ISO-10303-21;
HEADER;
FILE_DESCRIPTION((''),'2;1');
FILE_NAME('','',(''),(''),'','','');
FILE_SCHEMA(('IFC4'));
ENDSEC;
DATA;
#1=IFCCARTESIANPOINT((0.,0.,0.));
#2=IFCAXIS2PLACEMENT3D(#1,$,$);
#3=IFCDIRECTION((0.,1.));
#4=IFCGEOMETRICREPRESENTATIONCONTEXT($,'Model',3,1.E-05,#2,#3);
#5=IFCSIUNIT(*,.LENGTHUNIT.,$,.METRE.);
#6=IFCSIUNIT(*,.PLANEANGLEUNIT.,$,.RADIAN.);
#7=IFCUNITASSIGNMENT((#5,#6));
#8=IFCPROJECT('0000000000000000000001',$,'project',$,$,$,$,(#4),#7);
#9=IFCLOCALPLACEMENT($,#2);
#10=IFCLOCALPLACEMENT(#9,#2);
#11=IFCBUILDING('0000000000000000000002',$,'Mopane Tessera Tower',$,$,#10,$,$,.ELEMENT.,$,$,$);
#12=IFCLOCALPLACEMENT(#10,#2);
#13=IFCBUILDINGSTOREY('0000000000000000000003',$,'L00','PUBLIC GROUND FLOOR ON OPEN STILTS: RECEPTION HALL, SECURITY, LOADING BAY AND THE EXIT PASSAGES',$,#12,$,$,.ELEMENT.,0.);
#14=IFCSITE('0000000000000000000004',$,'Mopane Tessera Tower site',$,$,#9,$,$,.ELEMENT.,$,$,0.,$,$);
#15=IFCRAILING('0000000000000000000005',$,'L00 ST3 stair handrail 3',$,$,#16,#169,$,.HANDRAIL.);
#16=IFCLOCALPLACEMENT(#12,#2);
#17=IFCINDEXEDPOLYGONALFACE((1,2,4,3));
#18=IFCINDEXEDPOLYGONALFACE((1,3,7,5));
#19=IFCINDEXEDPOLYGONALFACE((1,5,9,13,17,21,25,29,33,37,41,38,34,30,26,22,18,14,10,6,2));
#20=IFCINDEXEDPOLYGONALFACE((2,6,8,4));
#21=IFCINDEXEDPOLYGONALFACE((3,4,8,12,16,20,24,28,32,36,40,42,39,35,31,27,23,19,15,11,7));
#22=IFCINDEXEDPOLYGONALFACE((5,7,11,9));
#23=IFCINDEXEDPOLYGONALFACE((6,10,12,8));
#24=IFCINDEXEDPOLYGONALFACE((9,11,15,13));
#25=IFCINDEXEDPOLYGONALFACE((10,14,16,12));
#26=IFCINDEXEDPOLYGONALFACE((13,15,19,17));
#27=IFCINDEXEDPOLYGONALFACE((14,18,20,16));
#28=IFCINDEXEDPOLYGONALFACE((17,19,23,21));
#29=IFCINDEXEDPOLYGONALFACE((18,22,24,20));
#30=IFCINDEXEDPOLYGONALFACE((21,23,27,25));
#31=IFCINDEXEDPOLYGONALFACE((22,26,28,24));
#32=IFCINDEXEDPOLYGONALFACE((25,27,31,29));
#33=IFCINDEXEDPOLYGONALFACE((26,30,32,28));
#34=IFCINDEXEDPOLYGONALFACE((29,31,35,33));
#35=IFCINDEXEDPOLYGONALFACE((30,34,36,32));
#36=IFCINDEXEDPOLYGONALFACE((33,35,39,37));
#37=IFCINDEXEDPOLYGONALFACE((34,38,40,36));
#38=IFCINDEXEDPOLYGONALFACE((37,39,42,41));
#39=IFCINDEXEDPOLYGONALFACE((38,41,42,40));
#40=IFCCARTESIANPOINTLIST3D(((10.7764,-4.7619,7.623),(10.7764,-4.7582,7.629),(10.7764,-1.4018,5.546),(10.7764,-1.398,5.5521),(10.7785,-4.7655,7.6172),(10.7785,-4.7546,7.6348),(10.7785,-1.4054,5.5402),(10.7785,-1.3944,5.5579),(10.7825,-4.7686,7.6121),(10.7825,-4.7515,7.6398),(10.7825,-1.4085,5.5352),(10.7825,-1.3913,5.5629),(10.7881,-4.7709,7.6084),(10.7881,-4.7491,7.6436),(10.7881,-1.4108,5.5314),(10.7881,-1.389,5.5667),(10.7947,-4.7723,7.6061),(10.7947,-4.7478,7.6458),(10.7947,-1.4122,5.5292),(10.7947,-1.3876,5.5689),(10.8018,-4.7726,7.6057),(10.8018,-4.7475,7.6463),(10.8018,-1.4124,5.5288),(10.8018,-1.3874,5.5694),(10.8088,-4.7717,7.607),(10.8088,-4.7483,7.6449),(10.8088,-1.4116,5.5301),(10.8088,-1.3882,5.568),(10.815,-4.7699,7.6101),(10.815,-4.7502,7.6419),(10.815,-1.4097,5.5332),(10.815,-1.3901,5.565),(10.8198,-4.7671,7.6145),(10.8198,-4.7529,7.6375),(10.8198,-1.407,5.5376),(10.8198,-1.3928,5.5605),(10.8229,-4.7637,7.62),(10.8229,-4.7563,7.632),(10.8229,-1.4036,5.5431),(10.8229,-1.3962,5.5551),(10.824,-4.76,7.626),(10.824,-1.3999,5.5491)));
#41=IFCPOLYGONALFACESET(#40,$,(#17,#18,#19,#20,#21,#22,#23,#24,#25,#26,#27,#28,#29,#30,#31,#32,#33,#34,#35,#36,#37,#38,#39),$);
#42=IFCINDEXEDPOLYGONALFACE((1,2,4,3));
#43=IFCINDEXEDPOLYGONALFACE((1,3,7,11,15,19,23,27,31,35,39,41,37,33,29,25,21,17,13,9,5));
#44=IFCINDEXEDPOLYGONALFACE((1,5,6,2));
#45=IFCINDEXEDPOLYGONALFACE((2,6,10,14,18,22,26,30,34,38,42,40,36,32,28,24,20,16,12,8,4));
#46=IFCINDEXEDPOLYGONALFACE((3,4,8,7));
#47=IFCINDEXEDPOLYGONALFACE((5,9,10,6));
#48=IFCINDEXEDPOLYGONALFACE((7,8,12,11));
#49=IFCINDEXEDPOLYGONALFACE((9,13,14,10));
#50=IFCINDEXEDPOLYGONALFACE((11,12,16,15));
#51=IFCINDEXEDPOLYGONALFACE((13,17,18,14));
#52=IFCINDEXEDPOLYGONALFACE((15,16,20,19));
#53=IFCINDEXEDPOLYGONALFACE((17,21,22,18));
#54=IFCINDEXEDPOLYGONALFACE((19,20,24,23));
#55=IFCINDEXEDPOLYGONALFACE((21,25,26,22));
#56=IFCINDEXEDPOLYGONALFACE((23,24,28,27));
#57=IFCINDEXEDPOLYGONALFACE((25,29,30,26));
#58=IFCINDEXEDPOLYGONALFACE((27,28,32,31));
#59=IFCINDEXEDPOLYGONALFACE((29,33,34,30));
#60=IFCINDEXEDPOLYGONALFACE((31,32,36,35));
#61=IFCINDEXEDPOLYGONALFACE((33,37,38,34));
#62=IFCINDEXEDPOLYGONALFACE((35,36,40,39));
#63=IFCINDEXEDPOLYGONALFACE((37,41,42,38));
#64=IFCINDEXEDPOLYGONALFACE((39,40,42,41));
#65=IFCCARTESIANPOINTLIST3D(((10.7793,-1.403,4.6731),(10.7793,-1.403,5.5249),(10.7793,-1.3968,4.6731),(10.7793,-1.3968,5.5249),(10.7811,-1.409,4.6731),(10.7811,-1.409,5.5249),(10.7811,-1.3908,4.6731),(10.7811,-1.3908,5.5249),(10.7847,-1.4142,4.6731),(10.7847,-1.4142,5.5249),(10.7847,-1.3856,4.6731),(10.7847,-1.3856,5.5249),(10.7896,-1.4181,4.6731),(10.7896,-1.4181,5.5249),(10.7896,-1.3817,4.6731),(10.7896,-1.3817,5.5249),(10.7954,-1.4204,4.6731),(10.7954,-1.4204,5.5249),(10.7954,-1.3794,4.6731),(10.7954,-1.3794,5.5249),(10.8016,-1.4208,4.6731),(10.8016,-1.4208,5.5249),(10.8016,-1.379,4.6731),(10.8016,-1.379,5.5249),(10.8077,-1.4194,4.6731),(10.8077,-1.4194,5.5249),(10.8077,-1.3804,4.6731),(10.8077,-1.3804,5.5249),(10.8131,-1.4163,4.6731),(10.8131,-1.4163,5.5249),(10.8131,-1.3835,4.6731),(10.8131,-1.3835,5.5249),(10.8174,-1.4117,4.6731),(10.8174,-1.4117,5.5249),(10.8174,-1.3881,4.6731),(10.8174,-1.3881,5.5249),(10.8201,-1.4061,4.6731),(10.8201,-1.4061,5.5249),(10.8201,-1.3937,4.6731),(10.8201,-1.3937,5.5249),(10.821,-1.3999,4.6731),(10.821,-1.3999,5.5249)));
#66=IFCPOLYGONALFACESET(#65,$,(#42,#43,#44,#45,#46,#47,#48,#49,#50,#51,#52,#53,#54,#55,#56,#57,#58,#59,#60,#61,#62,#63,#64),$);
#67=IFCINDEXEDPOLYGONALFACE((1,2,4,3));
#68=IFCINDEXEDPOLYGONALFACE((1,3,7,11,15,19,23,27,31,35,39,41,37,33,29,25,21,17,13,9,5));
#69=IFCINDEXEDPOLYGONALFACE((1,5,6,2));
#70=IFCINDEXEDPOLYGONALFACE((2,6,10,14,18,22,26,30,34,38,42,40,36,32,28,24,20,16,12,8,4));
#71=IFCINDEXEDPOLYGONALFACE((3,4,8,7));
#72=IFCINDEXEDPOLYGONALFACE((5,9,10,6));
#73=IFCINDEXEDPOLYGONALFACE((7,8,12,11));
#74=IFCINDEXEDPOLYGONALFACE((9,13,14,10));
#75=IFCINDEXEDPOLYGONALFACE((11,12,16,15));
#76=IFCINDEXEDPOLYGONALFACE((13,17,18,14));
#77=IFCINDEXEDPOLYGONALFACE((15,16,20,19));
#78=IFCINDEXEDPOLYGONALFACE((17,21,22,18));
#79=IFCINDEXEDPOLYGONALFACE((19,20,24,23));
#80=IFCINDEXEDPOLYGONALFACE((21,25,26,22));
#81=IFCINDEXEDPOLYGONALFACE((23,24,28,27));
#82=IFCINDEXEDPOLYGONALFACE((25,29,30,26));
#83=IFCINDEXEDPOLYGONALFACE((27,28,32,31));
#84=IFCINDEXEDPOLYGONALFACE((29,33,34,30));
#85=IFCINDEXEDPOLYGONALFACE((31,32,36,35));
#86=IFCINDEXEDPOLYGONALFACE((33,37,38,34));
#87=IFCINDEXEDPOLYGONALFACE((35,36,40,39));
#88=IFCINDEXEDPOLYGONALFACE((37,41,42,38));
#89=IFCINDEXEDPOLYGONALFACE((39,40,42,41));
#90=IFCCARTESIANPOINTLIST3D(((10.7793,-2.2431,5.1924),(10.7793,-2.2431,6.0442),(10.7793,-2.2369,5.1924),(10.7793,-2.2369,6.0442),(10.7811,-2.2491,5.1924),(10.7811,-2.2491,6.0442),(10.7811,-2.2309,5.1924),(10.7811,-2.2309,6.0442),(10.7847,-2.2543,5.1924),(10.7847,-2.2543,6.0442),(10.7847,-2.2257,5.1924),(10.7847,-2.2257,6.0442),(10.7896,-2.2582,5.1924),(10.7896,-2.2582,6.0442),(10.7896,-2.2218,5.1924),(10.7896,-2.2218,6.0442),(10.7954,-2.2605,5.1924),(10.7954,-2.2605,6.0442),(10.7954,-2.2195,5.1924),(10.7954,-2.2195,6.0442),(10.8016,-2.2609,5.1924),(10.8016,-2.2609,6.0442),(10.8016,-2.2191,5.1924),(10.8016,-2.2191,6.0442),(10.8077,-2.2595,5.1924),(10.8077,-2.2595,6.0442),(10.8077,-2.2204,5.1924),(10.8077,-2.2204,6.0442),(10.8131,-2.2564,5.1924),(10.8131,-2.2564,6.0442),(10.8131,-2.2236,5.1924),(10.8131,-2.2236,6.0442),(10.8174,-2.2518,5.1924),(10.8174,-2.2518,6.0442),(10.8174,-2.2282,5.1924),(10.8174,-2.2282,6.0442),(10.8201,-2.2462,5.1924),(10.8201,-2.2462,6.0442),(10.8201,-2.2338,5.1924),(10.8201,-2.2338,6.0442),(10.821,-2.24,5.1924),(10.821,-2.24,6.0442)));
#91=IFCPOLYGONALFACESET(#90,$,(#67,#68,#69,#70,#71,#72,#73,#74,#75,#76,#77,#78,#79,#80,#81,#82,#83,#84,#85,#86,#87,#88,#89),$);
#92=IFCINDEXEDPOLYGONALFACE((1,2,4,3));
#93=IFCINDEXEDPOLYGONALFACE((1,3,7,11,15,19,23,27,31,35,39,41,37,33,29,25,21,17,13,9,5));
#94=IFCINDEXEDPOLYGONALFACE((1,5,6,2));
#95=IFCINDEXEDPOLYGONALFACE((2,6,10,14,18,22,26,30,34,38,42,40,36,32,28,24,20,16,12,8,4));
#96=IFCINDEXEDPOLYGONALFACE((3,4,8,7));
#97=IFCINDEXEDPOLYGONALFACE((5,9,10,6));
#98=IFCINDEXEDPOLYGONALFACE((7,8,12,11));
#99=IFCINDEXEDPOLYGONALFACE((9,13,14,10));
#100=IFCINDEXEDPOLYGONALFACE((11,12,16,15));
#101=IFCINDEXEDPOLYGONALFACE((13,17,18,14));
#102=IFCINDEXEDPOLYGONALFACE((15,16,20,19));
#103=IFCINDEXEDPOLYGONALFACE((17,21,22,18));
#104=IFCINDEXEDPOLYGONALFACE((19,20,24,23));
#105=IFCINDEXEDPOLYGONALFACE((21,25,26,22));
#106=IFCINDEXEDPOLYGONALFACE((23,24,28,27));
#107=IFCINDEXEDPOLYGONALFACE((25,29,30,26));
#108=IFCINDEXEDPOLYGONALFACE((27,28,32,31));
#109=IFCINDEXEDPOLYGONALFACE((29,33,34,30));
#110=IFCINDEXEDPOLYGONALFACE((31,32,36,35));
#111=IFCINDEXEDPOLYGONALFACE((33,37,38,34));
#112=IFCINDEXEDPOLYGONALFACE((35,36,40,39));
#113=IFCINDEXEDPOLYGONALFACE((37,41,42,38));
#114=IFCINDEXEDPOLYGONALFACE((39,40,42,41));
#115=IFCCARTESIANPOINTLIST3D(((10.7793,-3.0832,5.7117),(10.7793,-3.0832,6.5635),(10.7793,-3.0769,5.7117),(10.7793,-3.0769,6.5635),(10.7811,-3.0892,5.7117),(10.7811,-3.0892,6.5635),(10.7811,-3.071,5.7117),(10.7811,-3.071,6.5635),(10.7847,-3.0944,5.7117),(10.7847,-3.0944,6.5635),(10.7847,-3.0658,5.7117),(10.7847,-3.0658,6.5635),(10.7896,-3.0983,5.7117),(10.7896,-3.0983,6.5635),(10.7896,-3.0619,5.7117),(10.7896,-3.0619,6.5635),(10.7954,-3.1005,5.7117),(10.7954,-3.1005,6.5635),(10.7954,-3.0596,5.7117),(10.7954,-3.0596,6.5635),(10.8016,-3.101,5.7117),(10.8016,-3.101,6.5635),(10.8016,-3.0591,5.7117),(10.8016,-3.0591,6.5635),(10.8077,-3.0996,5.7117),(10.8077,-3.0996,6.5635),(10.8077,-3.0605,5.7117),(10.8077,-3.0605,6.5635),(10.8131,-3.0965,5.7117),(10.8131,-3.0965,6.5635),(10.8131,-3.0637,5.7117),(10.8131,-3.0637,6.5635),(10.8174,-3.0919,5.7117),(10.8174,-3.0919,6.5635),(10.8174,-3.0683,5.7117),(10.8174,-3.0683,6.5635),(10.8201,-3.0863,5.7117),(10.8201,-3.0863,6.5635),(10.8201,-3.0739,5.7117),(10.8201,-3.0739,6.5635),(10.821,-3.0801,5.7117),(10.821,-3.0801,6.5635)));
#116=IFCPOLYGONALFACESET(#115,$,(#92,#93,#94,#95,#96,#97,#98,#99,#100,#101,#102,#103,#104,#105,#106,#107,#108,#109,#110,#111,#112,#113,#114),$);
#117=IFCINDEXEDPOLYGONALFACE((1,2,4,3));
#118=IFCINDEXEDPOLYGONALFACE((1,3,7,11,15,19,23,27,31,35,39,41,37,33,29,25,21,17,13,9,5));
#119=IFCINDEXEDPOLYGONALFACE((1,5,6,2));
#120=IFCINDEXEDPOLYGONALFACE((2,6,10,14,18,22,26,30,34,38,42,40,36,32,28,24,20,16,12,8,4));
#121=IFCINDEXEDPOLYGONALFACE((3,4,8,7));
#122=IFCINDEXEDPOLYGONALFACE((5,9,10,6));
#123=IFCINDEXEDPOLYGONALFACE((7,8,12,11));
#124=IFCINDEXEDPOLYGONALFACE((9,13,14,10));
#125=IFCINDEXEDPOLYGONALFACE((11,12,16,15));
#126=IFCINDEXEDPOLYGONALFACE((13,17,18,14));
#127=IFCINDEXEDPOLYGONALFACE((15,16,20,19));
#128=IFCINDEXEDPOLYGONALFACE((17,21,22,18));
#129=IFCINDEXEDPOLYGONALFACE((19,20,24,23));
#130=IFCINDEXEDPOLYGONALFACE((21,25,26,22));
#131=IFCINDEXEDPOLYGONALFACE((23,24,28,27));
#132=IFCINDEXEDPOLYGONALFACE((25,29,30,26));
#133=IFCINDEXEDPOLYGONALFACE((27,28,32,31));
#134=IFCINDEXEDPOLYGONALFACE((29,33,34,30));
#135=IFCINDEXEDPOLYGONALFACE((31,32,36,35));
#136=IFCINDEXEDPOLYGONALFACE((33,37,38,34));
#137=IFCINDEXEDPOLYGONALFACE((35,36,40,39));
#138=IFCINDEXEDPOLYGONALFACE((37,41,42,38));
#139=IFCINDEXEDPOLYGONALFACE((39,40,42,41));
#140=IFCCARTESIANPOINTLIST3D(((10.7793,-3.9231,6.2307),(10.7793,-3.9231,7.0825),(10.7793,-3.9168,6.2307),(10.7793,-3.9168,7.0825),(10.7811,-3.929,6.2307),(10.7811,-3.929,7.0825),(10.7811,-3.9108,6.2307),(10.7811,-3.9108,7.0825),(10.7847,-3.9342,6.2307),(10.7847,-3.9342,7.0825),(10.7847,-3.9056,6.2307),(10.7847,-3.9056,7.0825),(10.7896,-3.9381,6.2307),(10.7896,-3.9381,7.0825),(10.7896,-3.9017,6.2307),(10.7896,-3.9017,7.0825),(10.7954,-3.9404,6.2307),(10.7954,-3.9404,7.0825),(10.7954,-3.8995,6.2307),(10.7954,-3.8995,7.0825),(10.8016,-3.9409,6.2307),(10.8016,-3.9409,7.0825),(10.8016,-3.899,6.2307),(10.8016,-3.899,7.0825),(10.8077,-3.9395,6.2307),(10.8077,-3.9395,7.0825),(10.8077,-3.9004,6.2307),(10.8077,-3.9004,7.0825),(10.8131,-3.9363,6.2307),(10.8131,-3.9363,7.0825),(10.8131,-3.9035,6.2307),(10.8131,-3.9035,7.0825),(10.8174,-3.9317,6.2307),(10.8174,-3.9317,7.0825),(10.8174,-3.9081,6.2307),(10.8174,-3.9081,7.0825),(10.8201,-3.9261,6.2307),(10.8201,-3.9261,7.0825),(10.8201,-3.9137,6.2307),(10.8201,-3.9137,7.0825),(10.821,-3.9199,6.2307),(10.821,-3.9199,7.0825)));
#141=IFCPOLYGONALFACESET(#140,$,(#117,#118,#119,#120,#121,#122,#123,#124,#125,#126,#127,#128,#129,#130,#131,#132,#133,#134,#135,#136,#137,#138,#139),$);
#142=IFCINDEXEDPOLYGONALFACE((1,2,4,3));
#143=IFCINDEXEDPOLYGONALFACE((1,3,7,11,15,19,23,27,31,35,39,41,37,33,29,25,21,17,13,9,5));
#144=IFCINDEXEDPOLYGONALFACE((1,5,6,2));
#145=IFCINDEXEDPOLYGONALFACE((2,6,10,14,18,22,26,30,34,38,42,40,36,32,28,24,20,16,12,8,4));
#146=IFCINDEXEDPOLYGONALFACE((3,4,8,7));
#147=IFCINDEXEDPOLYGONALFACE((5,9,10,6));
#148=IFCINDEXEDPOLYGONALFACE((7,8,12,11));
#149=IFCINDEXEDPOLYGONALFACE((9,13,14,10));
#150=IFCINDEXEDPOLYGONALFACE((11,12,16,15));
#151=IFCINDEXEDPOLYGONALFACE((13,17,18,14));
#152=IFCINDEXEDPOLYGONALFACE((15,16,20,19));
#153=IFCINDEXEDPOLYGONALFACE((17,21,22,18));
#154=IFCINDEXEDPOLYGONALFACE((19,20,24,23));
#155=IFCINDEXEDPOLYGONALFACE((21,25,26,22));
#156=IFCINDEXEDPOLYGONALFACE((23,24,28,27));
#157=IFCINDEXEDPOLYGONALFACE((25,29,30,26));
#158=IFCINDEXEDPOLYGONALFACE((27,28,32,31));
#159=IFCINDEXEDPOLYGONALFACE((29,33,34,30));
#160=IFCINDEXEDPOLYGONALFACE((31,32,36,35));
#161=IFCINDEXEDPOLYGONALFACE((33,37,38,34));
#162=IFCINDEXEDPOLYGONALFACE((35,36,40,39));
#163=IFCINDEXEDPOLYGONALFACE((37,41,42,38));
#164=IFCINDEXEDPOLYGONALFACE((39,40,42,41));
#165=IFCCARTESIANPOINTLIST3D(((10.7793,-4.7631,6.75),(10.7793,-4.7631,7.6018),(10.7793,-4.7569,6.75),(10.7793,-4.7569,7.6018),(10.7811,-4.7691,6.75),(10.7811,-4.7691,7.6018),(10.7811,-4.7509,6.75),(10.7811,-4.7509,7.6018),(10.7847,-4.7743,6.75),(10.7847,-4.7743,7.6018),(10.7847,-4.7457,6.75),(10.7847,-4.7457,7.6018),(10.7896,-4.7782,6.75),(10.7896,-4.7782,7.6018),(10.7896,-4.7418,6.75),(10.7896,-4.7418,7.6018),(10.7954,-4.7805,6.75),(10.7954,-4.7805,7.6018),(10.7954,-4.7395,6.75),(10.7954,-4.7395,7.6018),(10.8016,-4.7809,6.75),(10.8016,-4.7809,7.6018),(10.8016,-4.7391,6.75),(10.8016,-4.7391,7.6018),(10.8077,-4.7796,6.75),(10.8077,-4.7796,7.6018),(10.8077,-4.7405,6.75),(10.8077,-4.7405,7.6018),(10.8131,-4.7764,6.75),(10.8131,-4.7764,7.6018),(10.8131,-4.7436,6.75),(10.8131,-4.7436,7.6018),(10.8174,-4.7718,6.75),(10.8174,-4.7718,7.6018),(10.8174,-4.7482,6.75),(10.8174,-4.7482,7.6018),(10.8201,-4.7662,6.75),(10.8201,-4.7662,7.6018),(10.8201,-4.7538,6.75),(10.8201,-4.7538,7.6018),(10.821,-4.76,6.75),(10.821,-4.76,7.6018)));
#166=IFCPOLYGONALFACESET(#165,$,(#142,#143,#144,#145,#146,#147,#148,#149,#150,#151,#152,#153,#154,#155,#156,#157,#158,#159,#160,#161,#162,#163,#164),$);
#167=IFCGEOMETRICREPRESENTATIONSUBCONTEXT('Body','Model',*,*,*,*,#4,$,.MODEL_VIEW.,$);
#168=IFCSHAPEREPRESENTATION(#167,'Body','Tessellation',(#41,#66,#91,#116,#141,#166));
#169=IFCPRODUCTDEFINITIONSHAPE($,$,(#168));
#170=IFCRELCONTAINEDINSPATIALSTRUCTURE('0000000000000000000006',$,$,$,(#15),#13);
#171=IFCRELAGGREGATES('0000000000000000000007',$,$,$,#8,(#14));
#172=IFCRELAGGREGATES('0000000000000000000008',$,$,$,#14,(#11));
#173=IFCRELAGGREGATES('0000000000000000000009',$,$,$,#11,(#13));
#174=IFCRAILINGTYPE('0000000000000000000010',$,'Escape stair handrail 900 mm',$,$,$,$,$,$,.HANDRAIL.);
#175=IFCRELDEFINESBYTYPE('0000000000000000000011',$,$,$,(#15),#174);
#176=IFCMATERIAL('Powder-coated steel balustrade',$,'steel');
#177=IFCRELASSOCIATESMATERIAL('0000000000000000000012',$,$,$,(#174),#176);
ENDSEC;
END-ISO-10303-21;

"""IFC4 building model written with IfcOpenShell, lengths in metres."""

from ifc_helpers import new_model, si_unit, direction, frame, origin, origin_2d, place, context, subcontext, project, spatial, circle, extrude, material, type_object, element, save


model = new_model("IFC4")

# Units and contexts
model_context = context("Model", 3, precision=1e-05, world=origin(), true_north=direction((0.0, 1.0)))
body_context = subcontext(model_context, "Body", "Model", "MODEL_VIEW")
ifc_project = project(units=[si_unit("LENGTHUNIT", "METRE"), si_unit("PLANEANGLEUNIT", "RADIAN")], contexts=[model_context])

# Site, building, storey
site_placement = place(None, origin())
site = spatial("IfcSite", under=ifc_project, at=site_placement, Name="Mopane Tessera Tower site", CompositionType="ELEMENT", RefElevation=0.0)
building_placement = place(site_placement, origin())
building = spatial("IfcBuilding", under=site, at=building_placement, Name="Mopane Tessera Tower", CompositionType="ELEMENT")
storey_placement = place(building_placement, origin())
storey = spatial("IfcBuildingStorey", under=building, at=storey_placement, Name="L00", Description="PUBLIC GROUND FLOOR ON OPEN STILTS: RECEPTION HALL, SECURITY, LOADING BAY AND THE EXIT PASSAGES", CompositionType="ELEMENT", Elevation=0.0)

# Railing
ifc_material_1 = material(Name="Powder-coated steel balustrade", Category="steel")
railing_type_1 = type_object("IfcRailingType", Name="Escape stair handrail 900 mm", PredefinedType="HANDRAIL", material=ifc_material_1)
railing_1_placement = place(storey_placement, frame((10.8, -1.3999, 4.6731)))
element("IfcRailing", 1, at=railing_1_placement, inside=storey, type_object=railing_type_1, Name="L00 ST3 stair handrail 3", PredefinedType="HANDRAIL", context=body_context, shape_type="SweptSolid", body=[
    extrude(circle(Radius=0.0239, at=origin_2d()), frame((0.0, 0.0, 0.876), z_axis=(0.0, -0.850623, 0.525776), x_axis=(1.0, 0.0, 0.0)), (0.0, 0.0, 1.0), 3.9502),
    extrude(circle(Radius=0.021, at=origin_2d()), origin(), (0.0, 0.0, 1.0), 0.8518),
    extrude(circle(Radius=0.021, at=origin_2d()), frame((0.0, -0.8401, 0.5193)), (0.0, 0.0, 1.0), 0.8518),
    extrude(circle(Radius=0.021, at=origin_2d()), frame((0.0, -1.6802, 1.0386)), (0.0, 0.0, 1.0), 0.8518),
    extrude(circle(Radius=0.021, at=origin_2d()), frame((0.0, -2.52, 1.5576)), (0.0, 0.0, 1.0), 0.8518),
    extrude(circle(Radius=0.021, at=origin_2d()), frame((0.0, -3.3601, 2.0769)), (0.0, 0.0, 1.0), 0.8518),
])

save(model, "model.ifc")
